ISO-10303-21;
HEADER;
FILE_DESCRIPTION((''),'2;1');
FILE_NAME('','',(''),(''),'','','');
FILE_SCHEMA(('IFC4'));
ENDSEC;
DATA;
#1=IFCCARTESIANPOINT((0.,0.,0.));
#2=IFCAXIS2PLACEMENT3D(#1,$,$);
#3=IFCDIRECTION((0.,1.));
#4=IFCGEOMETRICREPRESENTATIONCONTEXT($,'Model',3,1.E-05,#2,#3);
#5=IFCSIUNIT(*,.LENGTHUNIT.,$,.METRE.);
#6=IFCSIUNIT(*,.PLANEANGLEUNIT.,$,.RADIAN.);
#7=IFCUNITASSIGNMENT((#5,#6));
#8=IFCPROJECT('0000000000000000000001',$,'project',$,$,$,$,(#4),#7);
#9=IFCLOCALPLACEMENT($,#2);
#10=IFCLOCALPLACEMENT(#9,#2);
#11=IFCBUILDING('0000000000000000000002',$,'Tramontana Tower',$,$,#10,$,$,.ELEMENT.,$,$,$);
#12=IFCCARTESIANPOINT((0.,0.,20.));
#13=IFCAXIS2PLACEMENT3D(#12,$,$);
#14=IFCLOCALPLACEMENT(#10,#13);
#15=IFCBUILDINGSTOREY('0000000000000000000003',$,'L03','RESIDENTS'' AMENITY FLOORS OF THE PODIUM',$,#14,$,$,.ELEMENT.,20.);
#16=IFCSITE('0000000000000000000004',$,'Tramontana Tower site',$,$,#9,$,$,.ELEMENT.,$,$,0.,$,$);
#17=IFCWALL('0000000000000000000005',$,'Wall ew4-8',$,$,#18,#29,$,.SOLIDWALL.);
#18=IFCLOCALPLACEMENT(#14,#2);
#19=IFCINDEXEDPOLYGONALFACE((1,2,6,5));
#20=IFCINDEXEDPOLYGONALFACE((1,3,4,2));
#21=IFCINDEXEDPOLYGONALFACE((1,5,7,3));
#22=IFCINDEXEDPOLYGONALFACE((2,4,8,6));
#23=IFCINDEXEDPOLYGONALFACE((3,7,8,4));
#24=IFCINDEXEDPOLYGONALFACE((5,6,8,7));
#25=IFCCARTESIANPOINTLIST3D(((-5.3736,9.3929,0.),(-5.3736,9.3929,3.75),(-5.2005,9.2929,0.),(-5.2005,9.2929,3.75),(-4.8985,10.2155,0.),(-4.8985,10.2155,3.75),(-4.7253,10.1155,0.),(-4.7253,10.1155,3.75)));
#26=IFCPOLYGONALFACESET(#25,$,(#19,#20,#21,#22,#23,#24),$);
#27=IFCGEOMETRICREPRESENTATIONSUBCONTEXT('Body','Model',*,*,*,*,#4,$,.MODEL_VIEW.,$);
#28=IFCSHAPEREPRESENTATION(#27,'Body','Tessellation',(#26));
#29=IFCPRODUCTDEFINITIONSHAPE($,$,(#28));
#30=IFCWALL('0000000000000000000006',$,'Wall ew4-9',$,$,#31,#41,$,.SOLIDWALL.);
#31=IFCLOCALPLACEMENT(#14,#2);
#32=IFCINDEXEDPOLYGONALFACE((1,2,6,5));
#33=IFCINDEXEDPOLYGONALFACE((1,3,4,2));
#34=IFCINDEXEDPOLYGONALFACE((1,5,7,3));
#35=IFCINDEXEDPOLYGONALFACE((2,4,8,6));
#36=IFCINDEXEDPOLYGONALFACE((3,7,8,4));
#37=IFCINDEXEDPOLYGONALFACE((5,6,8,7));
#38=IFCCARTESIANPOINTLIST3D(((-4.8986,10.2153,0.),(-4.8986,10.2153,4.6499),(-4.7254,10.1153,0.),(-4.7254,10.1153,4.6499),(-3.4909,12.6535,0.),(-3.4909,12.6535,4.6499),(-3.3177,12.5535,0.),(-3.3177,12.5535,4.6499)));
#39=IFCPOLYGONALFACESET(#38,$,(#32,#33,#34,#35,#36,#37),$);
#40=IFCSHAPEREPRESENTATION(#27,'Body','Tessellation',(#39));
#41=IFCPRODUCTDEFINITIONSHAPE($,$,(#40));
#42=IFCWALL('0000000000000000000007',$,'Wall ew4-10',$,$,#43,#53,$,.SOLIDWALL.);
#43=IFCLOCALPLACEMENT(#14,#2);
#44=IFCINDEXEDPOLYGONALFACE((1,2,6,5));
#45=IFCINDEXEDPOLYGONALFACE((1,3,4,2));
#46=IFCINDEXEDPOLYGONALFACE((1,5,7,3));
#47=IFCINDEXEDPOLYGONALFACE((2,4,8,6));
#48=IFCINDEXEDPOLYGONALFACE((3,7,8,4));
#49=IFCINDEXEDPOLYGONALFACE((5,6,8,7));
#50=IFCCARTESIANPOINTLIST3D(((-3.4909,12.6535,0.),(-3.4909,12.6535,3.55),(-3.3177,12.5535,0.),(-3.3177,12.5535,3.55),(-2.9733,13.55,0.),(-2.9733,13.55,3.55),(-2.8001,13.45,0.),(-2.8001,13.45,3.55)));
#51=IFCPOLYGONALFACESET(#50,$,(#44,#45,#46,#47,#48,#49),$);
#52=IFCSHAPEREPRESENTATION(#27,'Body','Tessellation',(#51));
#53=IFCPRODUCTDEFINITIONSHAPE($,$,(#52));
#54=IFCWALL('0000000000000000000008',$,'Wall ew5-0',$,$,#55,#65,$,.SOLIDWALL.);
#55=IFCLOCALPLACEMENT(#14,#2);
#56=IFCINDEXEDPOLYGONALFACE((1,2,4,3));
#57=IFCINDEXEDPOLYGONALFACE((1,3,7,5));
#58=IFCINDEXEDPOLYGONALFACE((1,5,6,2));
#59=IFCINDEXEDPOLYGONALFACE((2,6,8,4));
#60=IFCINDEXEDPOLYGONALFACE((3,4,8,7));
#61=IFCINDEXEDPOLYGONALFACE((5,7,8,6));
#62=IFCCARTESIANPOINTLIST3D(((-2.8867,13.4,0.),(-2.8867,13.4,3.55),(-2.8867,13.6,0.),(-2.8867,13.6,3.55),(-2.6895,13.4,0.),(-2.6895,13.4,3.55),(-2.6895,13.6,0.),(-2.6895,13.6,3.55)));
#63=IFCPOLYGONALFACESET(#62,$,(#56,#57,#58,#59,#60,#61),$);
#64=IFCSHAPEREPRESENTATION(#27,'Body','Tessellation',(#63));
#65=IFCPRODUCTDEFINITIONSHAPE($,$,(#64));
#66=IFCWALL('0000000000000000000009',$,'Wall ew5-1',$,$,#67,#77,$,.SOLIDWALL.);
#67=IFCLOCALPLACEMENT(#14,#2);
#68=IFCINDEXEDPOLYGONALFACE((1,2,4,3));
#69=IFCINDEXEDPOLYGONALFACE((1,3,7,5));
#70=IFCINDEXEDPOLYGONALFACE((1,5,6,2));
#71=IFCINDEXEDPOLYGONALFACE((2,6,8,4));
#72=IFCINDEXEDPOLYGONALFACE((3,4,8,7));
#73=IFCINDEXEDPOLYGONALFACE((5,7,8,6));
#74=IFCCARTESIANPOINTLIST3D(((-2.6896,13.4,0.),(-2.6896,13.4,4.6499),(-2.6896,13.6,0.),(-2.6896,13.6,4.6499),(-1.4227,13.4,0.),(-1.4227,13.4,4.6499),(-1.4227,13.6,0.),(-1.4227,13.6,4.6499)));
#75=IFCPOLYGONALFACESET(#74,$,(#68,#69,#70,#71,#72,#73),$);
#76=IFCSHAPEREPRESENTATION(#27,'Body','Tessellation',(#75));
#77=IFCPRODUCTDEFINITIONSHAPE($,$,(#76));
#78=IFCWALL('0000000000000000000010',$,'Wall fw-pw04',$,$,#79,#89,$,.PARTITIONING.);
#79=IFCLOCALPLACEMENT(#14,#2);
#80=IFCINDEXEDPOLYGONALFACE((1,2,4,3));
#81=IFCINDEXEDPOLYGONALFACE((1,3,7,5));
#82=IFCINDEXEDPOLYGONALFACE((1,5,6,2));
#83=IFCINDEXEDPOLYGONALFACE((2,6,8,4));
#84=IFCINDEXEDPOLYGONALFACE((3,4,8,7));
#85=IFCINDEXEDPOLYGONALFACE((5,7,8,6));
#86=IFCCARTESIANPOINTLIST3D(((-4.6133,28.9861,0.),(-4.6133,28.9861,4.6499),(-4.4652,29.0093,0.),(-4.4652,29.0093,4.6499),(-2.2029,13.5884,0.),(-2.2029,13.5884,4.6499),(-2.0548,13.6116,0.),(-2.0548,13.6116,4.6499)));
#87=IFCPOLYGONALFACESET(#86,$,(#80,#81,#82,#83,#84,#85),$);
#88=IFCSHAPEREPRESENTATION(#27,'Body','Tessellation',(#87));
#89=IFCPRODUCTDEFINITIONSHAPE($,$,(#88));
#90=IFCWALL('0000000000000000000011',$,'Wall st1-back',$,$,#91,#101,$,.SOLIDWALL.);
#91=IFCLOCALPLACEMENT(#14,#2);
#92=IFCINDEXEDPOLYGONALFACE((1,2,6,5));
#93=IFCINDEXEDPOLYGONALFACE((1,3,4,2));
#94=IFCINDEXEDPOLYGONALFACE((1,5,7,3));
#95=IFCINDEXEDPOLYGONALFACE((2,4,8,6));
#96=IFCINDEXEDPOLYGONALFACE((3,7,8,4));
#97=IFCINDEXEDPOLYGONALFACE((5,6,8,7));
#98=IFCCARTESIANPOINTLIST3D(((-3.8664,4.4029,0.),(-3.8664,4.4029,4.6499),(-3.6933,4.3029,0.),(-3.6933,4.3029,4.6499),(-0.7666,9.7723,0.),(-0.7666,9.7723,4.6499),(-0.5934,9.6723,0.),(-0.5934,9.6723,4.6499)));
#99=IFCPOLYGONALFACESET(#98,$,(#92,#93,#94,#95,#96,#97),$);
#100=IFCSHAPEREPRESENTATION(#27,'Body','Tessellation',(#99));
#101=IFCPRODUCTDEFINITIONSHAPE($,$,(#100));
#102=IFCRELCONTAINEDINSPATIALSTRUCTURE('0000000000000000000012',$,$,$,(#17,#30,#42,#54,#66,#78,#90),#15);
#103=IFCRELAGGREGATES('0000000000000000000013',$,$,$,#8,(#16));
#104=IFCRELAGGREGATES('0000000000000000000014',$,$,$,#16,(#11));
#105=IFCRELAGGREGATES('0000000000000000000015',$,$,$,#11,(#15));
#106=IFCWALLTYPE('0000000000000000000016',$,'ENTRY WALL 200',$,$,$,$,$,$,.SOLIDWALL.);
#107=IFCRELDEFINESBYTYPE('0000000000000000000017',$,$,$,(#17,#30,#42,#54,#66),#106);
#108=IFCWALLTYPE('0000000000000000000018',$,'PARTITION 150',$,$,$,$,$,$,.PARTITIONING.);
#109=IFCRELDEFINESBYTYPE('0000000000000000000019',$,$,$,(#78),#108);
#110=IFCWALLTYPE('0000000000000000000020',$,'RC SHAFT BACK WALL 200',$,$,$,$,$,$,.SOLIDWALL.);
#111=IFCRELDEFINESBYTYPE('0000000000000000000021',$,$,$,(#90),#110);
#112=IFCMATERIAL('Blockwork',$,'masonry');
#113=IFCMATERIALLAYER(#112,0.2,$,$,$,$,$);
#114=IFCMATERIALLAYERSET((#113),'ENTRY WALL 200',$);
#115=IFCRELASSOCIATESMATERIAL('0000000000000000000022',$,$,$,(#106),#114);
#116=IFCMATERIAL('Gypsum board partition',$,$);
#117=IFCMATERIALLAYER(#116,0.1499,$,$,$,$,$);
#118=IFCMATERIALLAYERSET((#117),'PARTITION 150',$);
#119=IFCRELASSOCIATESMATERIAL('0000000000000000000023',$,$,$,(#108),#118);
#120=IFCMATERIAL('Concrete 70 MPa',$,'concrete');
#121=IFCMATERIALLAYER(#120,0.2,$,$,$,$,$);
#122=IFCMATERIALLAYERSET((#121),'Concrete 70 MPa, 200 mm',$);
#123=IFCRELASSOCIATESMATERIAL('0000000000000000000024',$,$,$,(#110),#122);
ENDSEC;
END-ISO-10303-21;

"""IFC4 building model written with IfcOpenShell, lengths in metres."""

from ifc_helpers import new_model, si_unit, direction, frame, frame_2d, origin, place, context, subcontext, project, spatial, rectangle, extrude, material, layer, layer_set, type_object, element, save


model = new_model("IFC4")

# Units and contexts
model_context = context("Model", 3, precision=1e-05, world=origin(), true_north=direction((0.0, 1.0)))
body_context = subcontext(model_context, "Body", "Model", "MODEL_VIEW")
ifc_project = project(units=[si_unit("LENGTHUNIT", "METRE"), si_unit("PLANEANGLEUNIT", "RADIAN")], contexts=[model_context])

# Site, building, storey
site_placement = place(None, origin())
site = spatial("IfcSite", under=ifc_project, at=site_placement, Name="Tramontana Tower site", CompositionType="ELEMENT", RefElevation=0.0)
building_placement = place(site_placement, origin())
building = spatial("IfcBuilding", under=site, at=building_placement, Name="Tramontana Tower", CompositionType="ELEMENT")
storey_placement = place(building_placement, frame((0.0, 0.0, 20.0)))
storey = spatial("IfcBuildingStorey", under=building, at=storey_placement, Name="L03", Description="RESIDENTS' AMENITY FLOORS OF THE PODIUM", CompositionType="ELEMENT", Elevation=20.0)

# Walls
ifc_material_1 = material(Name="Blockwork", Category="masonry")
ifc_layer_1 = layer(ifc_material_1, 0.2)
ifc_layer_set_1 = layer_set([ifc_layer_1], Name="ENTRY WALL 200")
wall_type_1 = type_object("IfcWallType", Name="ENTRY WALL 200", PredefinedType="SOLIDWALL", material=ifc_layer_set_1)
wall_1_placement = place(storey_placement, frame((-5.2871, 9.3428, 0.0), z_axis=(0.0, 0.0, 1.0), x_axis=(0.500175, 0.865924, 0.0)))
element("IfcWall", 1, at=wall_1_placement, inside=storey, type_object=wall_type_1, Name="Wall ew4-8", PredefinedType="SOLIDWALL", context=body_context, shape_type="SweptSolid", body=[
    extrude(rectangle(XDim=0.95, YDim=0.2, at=frame_2d((0.4751, 0.0))), origin(), (0.0, 0.0, 1.0), 3.75),
])
wall_2_placement = place(storey_placement, frame((-4.812, 10.1653, 0.0), z_axis=(0.0, 0.0, 1.0), x_axis=(0.5, 0.866025, 0.0)))
element("IfcWall", 2, at=wall_2_placement, inside=storey, type_object=wall_type_1, Name="Wall ew4-9", PredefinedType="SOLIDWALL", context=body_context, shape_type="SweptSolid", body=[
    extrude(rectangle(XDim=2.8154, YDim=0.2, at=frame_2d((1.4077, 0.0))), origin(), (0.0, 0.0, 1.0), 4.6499),
])
wall_3_placement = place(storey_placement, frame((-3.4043, 12.6035, 0.0), z_axis=(0.0, 0.0, 1.0), x_axis=(0.499995, 0.866028, 0.0)))
element("IfcWall", 3, at=wall_3_placement, inside=storey, type_object=wall_type_1, Name="Wall ew4-10", PredefinedType="SOLIDWALL", context=body_context, shape_type="SweptSolid", body=[
    extrude(rectangle(XDim=1.0352, YDim=0.2, at=frame_2d((0.5176, 0.0))), origin(), (0.0, 0.0, 1.0), 3.55),
])
wall_4_placement = place(storey_placement, frame((-2.8867, 13.5, 0.0), z_axis=(0.0, 0.0, 1.0), x_axis=(1.0, 0.0, 0.0)))
element("IfcWall", 4, at=wall_4_placement, inside=storey, type_object=wall_type_1, Name="Wall ew5-0", PredefinedType="SOLIDWALL", context=body_context, shape_type="SweptSolid", body=[
    extrude(rectangle(XDim=0.1973, YDim=0.2, at=frame_2d((0.0986, 0.0))), origin(), (0.0, 0.0, 1.0), 3.55),
])
wall_5_placement = place(storey_placement, frame((-2.6895, 13.5, 0.0), z_axis=(0.0, 0.0, 1.0), x_axis=(1.0, 0.0, 0.0)))
element("IfcWall", 5, at=wall_5_placement, inside=storey, type_object=wall_type_1, Name="Wall ew5-1", PredefinedType="SOLIDWALL", context=body_context, shape_type="SweptSolid", body=[
    extrude(rectangle(XDim=1.2668, YDim=0.2, at=frame_2d((0.6333, 0.0))), origin(), (0.0, 0.0, 1.0), 4.6499),
])

# Walls
ifc_material_2 = material(Name="Gypsum board partition")
ifc_layer_2 = layer(ifc_material_2, 0.1499)
ifc_layer_set_2 = layer_set([ifc_layer_2], Name="PARTITION 150")
wall_type_2 = type_object("IfcWallType", Name="PARTITION 150", PredefinedType="PARTITIONING", material=ifc_layer_set_2)
wall_6_placement = place(storey_placement, frame((-2.1289, 13.6001, 0.0), z_axis=(0.0, 0.0, 1.0), x_axis=(-0.154659, 0.987968, 0.0)))
element("IfcWall", 6, at=wall_6_placement, inside=storey, type_object=wall_type_2, Name="Wall fw-pw04", PredefinedType="PARTITIONING", context=body_context, shape_type="SweptSolid", body=[
    extrude(rectangle(XDim=15.5852, YDim=0.1499, at=frame_2d((7.7925, 0.0))), origin(), (0.0, 0.0, 1.0), 4.6499),
])
ifc_material_3 = material(Name="Concrete 70 MPa", Category="concrete")
ifc_layer_3 = layer(ifc_material_3, 0.2)
ifc_layer_set_3 = layer_set([ifc_layer_3], Name="Concrete 70 MPa, 200 mm")
wall_type_3 = type_object("IfcWallType", Name="RC SHAFT BACK WALL 200", PredefinedType="SOLIDWALL", material=ifc_layer_set_3)
wall_7_placement = place(storey_placement, frame((-0.6799, 9.7224, 0.0), z_axis=(0.0, 0.0, 1.0), x_axis=(-0.49998, -0.866037, 0.0)))
element("IfcWall", 7, at=wall_7_placement, inside=storey, type_object=wall_type_3, Name="Wall st1-back", PredefinedType="SOLIDWALL", context=body_context, shape_type="SweptSolid", body=[
    extrude(rectangle(XDim=6.2, YDim=0.2, at=frame_2d((3.1001, 0.0))), origin(), (0.0, 0.0, 1.0), 4.6499),
])

save(model, "model.ifc")
